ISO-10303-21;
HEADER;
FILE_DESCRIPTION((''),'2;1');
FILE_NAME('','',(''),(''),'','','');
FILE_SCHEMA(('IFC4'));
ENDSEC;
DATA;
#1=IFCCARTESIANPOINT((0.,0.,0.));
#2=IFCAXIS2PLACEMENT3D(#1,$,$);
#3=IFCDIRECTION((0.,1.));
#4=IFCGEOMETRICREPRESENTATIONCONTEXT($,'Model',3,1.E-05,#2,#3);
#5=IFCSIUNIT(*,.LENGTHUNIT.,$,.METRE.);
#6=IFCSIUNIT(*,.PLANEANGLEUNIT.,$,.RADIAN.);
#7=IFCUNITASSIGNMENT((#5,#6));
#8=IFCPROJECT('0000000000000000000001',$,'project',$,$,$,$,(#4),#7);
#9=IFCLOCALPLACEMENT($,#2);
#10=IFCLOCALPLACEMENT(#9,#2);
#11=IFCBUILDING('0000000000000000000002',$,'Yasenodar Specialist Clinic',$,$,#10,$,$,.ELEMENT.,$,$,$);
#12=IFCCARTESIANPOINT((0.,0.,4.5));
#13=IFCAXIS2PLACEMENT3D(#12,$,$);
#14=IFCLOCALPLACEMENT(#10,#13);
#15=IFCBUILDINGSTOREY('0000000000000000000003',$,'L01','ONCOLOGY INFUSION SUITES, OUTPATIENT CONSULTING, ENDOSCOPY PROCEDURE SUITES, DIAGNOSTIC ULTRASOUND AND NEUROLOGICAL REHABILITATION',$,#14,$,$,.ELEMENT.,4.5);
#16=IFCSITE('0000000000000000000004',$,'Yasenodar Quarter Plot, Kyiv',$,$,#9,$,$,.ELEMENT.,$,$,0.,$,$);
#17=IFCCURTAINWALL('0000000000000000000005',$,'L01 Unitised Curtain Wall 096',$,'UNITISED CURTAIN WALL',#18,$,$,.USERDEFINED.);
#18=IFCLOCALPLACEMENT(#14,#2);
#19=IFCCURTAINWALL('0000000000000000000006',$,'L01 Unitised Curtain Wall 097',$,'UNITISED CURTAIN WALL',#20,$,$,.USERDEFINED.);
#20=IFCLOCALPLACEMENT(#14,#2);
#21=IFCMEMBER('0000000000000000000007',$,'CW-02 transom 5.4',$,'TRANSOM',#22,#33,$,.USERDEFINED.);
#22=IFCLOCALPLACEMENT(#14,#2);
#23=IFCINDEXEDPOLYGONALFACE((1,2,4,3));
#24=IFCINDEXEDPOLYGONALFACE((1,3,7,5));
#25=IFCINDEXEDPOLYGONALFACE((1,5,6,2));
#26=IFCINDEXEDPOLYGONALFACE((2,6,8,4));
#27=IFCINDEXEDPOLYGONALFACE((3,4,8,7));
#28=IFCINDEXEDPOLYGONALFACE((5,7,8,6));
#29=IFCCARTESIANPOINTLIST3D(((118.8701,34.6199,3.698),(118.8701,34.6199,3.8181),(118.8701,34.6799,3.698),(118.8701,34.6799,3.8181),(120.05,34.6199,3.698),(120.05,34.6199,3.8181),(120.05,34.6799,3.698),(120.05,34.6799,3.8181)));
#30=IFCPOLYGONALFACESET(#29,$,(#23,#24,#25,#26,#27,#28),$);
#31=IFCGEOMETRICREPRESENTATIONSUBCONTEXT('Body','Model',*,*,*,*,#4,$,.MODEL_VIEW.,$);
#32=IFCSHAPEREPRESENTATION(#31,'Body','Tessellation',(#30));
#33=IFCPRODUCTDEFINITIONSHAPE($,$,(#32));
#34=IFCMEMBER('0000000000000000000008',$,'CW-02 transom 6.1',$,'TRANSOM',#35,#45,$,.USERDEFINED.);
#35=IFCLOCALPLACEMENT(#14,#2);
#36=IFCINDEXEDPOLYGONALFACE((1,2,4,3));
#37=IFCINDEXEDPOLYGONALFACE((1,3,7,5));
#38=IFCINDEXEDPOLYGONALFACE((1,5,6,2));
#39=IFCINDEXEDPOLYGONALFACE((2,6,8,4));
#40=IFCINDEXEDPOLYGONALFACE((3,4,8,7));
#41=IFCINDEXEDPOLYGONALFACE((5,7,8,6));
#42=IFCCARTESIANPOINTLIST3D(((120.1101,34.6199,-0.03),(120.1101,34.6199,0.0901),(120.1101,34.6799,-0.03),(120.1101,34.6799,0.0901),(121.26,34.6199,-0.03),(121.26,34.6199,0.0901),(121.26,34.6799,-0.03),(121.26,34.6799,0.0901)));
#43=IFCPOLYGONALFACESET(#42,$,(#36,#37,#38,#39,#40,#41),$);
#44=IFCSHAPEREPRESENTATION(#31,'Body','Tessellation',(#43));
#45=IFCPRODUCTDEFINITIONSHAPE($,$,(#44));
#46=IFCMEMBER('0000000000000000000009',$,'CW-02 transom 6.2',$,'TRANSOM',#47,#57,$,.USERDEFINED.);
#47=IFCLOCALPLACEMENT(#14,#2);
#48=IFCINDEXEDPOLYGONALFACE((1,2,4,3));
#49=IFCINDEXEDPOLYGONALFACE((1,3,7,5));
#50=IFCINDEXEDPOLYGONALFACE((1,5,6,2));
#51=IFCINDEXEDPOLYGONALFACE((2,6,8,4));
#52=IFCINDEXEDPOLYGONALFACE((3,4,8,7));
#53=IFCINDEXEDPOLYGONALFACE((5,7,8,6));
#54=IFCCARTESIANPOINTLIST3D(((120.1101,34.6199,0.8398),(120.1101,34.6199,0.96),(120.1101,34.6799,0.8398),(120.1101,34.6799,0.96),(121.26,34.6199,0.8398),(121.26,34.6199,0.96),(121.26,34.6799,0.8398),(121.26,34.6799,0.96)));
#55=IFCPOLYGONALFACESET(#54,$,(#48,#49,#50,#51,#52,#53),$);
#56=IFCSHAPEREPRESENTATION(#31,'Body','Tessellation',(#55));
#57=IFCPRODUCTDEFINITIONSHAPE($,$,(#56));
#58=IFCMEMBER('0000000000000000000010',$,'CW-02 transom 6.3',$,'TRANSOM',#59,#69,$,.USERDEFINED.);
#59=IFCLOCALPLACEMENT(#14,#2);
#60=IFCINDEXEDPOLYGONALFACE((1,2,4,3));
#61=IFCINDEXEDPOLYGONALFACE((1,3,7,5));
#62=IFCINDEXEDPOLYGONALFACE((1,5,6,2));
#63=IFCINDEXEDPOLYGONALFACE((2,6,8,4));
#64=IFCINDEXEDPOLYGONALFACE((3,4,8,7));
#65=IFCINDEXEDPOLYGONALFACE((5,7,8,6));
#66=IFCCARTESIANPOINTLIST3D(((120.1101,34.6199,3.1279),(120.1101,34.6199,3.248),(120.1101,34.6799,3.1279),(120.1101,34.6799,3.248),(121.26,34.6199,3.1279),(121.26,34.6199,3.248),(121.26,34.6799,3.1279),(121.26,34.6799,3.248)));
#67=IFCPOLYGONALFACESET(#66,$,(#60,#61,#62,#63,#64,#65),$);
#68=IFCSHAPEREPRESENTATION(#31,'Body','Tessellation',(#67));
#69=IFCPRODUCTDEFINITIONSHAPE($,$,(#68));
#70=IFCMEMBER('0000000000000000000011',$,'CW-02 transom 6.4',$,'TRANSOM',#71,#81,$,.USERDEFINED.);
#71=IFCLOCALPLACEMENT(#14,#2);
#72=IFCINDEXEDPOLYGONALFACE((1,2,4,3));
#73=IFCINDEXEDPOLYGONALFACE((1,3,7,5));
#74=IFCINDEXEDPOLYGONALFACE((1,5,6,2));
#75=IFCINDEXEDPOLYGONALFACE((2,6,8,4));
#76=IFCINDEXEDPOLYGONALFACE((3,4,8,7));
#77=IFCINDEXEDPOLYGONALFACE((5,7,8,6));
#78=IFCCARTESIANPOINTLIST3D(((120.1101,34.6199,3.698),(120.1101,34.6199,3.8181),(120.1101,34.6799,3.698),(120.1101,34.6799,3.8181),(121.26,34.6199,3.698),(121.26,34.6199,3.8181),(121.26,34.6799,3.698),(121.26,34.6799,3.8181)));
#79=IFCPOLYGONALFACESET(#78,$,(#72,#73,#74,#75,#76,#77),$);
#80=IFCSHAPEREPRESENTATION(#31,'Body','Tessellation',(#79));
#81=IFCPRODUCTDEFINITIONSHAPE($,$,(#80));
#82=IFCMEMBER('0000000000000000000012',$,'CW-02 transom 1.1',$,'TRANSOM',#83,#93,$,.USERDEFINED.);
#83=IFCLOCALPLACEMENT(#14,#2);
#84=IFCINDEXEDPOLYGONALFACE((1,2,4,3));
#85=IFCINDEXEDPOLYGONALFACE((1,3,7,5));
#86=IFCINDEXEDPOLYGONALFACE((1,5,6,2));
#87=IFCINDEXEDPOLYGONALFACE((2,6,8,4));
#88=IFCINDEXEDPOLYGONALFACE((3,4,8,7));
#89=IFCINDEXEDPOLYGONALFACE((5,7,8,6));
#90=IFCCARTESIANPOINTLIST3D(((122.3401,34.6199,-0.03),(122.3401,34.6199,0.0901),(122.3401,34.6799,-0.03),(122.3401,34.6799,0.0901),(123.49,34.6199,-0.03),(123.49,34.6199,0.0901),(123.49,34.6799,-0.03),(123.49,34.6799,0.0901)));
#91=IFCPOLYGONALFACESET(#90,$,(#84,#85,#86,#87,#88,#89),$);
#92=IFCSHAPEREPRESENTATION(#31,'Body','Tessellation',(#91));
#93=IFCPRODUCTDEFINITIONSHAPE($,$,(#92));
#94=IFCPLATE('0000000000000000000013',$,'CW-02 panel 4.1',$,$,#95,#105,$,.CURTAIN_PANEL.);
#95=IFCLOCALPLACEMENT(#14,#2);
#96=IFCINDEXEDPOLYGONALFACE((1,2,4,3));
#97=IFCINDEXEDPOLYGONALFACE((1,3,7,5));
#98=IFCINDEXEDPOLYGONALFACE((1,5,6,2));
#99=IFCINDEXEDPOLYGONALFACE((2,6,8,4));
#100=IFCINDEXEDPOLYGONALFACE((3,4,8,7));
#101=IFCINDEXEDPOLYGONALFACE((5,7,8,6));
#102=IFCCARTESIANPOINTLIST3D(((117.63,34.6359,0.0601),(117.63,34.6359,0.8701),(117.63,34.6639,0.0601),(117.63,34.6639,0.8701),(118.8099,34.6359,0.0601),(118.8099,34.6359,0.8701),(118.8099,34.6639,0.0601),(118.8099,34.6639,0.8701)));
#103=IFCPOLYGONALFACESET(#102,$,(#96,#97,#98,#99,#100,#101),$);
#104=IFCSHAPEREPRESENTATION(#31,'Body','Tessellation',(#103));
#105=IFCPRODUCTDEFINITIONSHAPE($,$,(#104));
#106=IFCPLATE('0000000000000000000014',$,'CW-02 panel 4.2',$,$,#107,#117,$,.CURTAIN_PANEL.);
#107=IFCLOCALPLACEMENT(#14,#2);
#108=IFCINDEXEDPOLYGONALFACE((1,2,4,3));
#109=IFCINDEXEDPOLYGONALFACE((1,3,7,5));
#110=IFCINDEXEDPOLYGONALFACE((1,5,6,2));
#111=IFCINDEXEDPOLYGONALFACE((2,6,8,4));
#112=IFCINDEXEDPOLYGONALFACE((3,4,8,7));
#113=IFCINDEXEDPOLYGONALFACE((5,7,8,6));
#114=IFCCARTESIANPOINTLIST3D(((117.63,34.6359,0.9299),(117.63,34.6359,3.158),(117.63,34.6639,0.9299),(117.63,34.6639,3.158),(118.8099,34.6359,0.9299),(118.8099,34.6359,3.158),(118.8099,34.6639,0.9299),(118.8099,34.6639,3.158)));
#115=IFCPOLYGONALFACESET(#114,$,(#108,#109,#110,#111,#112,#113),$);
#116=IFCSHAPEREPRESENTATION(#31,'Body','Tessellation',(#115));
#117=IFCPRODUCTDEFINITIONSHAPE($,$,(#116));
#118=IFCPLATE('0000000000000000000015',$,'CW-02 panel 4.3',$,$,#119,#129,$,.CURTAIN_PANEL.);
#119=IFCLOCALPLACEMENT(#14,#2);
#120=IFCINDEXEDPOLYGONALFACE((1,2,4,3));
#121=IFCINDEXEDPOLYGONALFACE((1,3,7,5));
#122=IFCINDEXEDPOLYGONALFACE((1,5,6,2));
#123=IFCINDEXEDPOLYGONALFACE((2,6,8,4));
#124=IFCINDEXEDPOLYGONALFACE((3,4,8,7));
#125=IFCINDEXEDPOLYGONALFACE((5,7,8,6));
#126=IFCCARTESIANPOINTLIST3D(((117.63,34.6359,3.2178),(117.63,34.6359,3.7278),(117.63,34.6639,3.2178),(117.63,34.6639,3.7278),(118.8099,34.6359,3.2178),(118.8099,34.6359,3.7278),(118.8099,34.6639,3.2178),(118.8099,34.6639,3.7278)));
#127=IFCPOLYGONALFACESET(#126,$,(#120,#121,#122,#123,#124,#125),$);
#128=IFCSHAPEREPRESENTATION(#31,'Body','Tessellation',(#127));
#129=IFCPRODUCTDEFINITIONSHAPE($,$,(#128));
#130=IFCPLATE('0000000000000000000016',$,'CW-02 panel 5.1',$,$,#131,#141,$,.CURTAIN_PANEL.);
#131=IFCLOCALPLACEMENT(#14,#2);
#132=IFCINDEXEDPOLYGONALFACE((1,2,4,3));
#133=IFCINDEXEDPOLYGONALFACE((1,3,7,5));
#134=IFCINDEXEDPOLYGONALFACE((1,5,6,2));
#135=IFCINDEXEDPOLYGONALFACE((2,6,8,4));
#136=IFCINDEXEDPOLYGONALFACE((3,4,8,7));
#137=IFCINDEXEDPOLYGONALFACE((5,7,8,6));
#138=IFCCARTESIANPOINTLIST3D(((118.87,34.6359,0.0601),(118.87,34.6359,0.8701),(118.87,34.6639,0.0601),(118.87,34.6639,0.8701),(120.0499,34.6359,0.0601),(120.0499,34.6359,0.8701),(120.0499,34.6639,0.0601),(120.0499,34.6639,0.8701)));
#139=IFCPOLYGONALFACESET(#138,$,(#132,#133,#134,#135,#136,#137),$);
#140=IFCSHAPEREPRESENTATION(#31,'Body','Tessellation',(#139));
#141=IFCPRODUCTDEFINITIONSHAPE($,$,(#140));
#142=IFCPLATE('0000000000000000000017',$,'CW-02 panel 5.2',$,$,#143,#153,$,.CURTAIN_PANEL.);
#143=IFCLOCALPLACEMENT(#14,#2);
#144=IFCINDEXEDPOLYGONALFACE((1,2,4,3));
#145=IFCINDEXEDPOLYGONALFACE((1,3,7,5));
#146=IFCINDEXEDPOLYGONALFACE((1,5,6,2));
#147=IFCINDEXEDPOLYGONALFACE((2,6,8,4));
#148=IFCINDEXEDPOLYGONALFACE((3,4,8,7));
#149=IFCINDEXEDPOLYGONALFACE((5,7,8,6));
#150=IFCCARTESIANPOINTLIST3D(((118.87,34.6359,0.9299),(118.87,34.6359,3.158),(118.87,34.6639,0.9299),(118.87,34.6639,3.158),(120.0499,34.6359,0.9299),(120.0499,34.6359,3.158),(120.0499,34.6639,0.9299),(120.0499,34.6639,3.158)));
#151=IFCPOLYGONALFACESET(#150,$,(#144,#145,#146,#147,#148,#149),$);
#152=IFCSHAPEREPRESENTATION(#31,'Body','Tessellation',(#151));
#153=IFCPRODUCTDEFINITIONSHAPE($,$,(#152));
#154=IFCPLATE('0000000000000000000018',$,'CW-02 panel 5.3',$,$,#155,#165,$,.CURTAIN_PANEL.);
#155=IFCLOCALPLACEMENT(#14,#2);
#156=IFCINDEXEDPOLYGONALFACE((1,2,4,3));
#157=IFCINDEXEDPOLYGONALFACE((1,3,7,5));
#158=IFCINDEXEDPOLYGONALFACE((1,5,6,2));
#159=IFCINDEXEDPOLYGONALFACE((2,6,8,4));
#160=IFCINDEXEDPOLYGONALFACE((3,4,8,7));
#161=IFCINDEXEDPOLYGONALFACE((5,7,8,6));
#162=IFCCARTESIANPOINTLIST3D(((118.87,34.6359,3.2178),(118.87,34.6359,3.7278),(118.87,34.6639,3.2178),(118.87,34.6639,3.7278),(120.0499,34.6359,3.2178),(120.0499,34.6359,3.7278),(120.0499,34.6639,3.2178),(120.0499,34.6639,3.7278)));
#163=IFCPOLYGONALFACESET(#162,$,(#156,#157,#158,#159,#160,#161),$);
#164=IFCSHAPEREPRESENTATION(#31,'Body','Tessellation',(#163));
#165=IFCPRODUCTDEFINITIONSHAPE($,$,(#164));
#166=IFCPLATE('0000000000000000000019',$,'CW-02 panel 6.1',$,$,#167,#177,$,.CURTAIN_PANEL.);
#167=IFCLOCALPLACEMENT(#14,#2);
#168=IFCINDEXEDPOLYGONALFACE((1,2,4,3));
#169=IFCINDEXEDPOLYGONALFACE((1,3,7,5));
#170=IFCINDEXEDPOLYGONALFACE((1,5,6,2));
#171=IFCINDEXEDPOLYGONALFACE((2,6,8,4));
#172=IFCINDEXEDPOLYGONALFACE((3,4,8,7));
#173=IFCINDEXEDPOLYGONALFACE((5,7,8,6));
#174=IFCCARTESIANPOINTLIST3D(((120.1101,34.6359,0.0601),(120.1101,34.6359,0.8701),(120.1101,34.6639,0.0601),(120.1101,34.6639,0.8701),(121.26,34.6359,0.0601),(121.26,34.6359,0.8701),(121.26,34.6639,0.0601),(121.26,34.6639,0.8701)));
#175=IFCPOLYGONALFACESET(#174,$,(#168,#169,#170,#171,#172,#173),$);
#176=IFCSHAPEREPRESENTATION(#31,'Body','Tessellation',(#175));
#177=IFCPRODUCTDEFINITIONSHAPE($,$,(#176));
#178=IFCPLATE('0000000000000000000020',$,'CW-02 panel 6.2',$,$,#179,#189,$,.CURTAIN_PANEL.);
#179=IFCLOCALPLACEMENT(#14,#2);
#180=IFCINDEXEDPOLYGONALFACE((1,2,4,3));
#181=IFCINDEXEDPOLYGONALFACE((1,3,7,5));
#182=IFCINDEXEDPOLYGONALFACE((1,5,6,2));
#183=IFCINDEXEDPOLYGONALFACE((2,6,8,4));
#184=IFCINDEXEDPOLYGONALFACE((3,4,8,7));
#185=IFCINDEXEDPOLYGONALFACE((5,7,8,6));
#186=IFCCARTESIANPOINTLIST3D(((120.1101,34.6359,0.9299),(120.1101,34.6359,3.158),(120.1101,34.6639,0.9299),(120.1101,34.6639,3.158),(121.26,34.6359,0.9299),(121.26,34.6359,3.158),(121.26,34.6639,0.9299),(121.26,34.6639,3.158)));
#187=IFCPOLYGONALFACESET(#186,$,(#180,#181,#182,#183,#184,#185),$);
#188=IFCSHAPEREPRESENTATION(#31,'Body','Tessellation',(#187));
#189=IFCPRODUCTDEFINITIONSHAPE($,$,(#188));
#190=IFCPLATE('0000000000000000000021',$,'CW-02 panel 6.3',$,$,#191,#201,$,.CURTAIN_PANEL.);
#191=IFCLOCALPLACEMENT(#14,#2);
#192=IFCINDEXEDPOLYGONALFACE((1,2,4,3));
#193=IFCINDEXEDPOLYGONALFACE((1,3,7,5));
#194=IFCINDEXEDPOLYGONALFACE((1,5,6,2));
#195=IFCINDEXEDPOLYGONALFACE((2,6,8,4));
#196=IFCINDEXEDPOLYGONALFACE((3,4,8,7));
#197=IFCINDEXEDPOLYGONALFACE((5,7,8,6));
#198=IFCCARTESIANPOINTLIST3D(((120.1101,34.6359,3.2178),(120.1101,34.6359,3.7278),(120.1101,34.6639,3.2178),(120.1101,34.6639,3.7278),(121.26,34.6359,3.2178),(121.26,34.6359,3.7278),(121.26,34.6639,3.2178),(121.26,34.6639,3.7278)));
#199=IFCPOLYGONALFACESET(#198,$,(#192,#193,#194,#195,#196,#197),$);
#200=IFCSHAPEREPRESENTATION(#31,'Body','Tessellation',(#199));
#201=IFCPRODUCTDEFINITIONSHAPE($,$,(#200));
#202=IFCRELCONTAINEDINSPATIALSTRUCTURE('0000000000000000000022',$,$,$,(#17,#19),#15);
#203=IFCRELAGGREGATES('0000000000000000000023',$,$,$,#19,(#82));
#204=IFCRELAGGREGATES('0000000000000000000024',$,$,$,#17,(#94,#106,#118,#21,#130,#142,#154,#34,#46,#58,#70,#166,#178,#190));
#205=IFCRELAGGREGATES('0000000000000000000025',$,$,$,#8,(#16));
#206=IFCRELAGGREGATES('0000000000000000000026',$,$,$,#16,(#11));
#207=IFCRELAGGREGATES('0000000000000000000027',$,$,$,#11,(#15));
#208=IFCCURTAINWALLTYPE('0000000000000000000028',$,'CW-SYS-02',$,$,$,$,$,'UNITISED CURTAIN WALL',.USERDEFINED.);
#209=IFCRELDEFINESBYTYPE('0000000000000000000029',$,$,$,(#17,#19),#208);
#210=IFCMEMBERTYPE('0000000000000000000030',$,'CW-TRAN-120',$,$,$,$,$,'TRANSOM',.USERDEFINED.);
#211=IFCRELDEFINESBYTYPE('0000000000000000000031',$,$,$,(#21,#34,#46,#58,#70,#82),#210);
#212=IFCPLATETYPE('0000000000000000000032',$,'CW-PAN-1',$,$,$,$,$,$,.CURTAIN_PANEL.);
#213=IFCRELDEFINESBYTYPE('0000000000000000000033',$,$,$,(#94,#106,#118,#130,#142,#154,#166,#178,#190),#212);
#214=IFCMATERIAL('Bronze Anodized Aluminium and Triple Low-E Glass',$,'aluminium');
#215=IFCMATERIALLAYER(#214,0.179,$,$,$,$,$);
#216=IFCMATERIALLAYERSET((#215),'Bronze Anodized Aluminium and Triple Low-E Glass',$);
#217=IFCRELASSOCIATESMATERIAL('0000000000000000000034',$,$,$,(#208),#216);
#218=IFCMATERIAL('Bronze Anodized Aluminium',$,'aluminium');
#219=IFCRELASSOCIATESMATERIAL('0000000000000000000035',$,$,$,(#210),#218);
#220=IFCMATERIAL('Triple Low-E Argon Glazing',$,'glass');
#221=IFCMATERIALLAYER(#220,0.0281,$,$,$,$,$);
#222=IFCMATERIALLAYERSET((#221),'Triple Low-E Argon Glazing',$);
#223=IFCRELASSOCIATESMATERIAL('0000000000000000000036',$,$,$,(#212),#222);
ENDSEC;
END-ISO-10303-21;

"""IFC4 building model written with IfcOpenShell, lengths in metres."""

from ifc_helpers import new_model, si_unit, direction, frame, origin, origin_2d, place, context, subcontext, project, spatial, rectangle, extrude, material, layer, layer_set, material_profile, profile_set, type_object, element, aggregate, save


model = new_model("IFC4")

# Units and contexts
model_context = context("Model", 3, precision=1e-05, world=origin(), true_north=direction((0.0, 1.0)))
body_context = subcontext(model_context, "Body", "Model", "MODEL_VIEW")
ifc_project = project(units=[si_unit("LENGTHUNIT", "METRE"), si_unit("PLANEANGLEUNIT", "RADIAN")], contexts=[model_context])

# Site, building, storey
site_placement = place(None, origin())
site = spatial("IfcSite", under=ifc_project, at=site_placement, Name="Yasenodar Quarter Plot, Kyiv", CompositionType="ELEMENT", RefElevation=0.0)
building_placement = place(site_placement, origin())
building = spatial("IfcBuilding", under=site, at=building_placement, Name="Yasenodar Specialist Clinic", CompositionType="ELEMENT")
storey_placement = place(building_placement, frame((0.0, 0.0, 4.5)))
storey = spatial("IfcBuildingStorey", under=building, at=storey_placement, Name="L01", Description="ONCOLOGY INFUSION SUITES, OUTPATIENT CONSULTING, ENDOSCOPY PROCEDURE SUITES, DIAGNOSTIC ULTRASOUND AND NEUROLOGICAL REHABILITATION", CompositionType="ELEMENT", Elevation=4.5)

# Curtain wall
ifc_material_1 = material(Name="Bronze Anodized Aluminium and Triple Low-E Glass", Category="aluminium")
ifc_layer_1 = layer(ifc_material_1, 0.179)
ifc_layer_set_1 = layer_set([ifc_layer_1], Name="Bronze Anodized Aluminium and Triple Low-E Glass")
curtain_wall_type = type_object("IfcCurtainWallType", Name="CW-SYS-02", ElementType="UNITISED CURTAIN WALL", PredefinedType="USERDEFINED", material=ifc_layer_set_1)
curtain_wall_1_placement = place(storey_placement, origin())
curtain_wall_1 = element("IfcCurtainWall", 1, at=curtain_wall_1_placement, inside=storey, type_object=curtain_wall_type, Name="L01 Unitised Curtain Wall 096", ObjectType="UNITISED CURTAIN WALL", PredefinedType="USERDEFINED")
ifc_material_2 = material(Name="Bronze Anodized Aluminium", Category="aluminium")

# Curtain wall
curtain_wall_2_placement = place(storey_placement, origin())
curtain_wall_2 = element("IfcCurtainWall", 2, at=curtain_wall_2_placement, inside=storey, type_object=curtain_wall_type, Name="L01 Unitised Curtain Wall 097", ObjectType="UNITISED CURTAIN WALL", PredefinedType="USERDEFINED")

# Members
ifc_material_profile_1 = material_profile(ifc_material_2, rectangle(XDim=0.0601, YDim=0.1201, at=origin_2d()), Name="CW-TRAN 60x120")
ifc_profile_set_1 = profile_set([ifc_material_profile_1], Name="Bronze Anodized Aluminium")
member_type_1 = type_object("IfcMemberType", Name="CW-TRAN-120", ElementType="TRANSOM", PredefinedType="USERDEFINED", material=ifc_profile_set_1)
member_1_placement = place(storey_placement, frame((118.8701, 34.6499, 3.7581), z_axis=(1.0, 0.0, 0.0), x_axis=(0.0, 1.0, 0.0)))
member_1 = element("IfcMember", 3, at=member_1_placement, type_object=member_type_1, Name="CW-02 transom 5.4", ObjectType="TRANSOM", PredefinedType="USERDEFINED", context=body_context, shape_type="SweptSolid", body=[
    extrude(rectangle(XDim=0.0601, YDim=0.1201, at=origin_2d()), origin(), (0.0, 0.0, 1.0), 1.1799),
])
member_2_placement = place(storey_placement, frame((120.1101, 34.6499, 0.03), z_axis=(1.0, 0.0, 0.0), x_axis=(0.0, 1.0, 0.0)))
member_2 = element("IfcMember", 4, at=member_2_placement, type_object=member_type_1, Name="CW-02 transom 6.1", ObjectType="TRANSOM", PredefinedType="USERDEFINED", context=body_context, shape_type="SweptSolid", body=[
    extrude(rectangle(XDim=0.0601, YDim=0.1201, at=origin_2d()), origin(), (0.0, 0.0, 1.0), 1.1499),
])
member_3_placement = place(storey_placement, frame((120.1101, 34.6499, 0.8999), z_axis=(1.0, 0.0, 0.0), x_axis=(0.0, 1.0, 0.0)))
member_3 = element("IfcMember", 5, at=member_3_placement, type_object=member_type_1, Name="CW-02 transom 6.2", ObjectType="TRANSOM", PredefinedType="USERDEFINED", context=body_context, shape_type="SweptSolid", body=[
    extrude(rectangle(XDim=0.0601, YDim=0.1201, at=origin_2d()), origin(), (0.0, 0.0, 1.0), 1.1499),
])
member_4_placement = place(storey_placement, frame((120.1101, 34.6499, 3.188), z_axis=(1.0, 0.0, 0.0), x_axis=(0.0, 1.0, 0.0)))
member_4 = element("IfcMember", 6, at=member_4_placement, type_object=member_type_1, Name="CW-02 transom 6.3", ObjectType="TRANSOM", PredefinedType="USERDEFINED", context=body_context, shape_type="SweptSolid", body=[
    extrude(rectangle(XDim=0.0601, YDim=0.1201, at=origin_2d()), origin(), (0.0, 0.0, 1.0), 1.1499),
])
member_5_placement = place(storey_placement, frame((120.1101, 34.6499, 3.7581), z_axis=(1.0, 0.0, 0.0), x_axis=(0.0, 1.0, 0.0)))
member_5 = element("IfcMember", 7, at=member_5_placement, type_object=member_type_1, Name="CW-02 transom 6.4", ObjectType="TRANSOM", PredefinedType="USERDEFINED", context=body_context, shape_type="SweptSolid", body=[
    extrude(rectangle(XDim=0.0601, YDim=0.1201, at=origin_2d()), origin(), (0.0, 0.0, 1.0), 1.1499),
])
member_6_placement = place(storey_placement, frame((122.3401, 34.6499, 0.03), z_axis=(1.0, 0.0, 0.0), x_axis=(0.0, 1.0, 0.0)))
member_6 = element("IfcMember", 8, at=member_6_placement, type_object=member_type_1, Name="CW-02 transom 1.1", ObjectType="TRANSOM", PredefinedType="USERDEFINED", context=body_context, shape_type="SweptSolid", body=[
    extrude(rectangle(XDim=0.0601, YDim=0.1201, at=origin_2d()), origin(), (0.0, 0.0, 1.0), 1.1499),
])
aggregate(curtain_wall_2, [member_6])

# Plates
ifc_material_3 = material(Name="Triple Low-E Argon Glazing", Category="glass")
ifc_layer_2 = layer(ifc_material_3, 0.0281)
ifc_layer_set_2 = layer_set([ifc_layer_2], Name="Triple Low-E Argon Glazing")
plate_type = type_object("IfcPlateType", Name="CW-PAN-1", PredefinedType="CURTAIN_PANEL", material=ifc_layer_set_2)
plate_1_placement = place(storey_placement, frame((118.22, 34.6499, 0.0601), z_axis=(0.0, 0.0, 1.0), x_axis=(1.0, 0.0, 0.0)))
plate_1 = element("IfcPlate", 9, at=plate_1_placement, type_object=plate_type, Name="CW-02 panel 4.1", PredefinedType="CURTAIN_PANEL", context=body_context, shape_type="SweptSolid", body=[
    extrude(rectangle(XDim=1.1799, YDim=0.0281, at=origin_2d()), origin(), (0.0, 0.0, 1.0), 0.8101),
])
plate_2_placement = place(storey_placement, frame((118.22, 34.6499, 0.9299), z_axis=(0.0, 0.0, 1.0), x_axis=(1.0, 0.0, 0.0)))
plate_2 = element("IfcPlate", 10, at=plate_2_placement, type_object=plate_type, Name="CW-02 panel 4.2", PredefinedType="CURTAIN_PANEL", context=body_context, shape_type="SweptSolid", body=[
    extrude(rectangle(XDim=1.1799, YDim=0.0281, at=origin_2d()), origin(), (0.0, 0.0, 1.0), 2.228),
])
plate_3_placement = place(storey_placement, frame((118.22, 34.6499, 3.2178), z_axis=(0.0, 0.0, 1.0), x_axis=(1.0, 0.0, 0.0)))
plate_3 = element("IfcPlate", 11, at=plate_3_placement, type_object=plate_type, Name="CW-02 panel 4.3", PredefinedType="CURTAIN_PANEL", context=body_context, shape_type="SweptSolid", body=[
    extrude(rectangle(XDim=1.1799, YDim=0.0281, at=origin_2d()), origin(), (0.0, 0.0, 1.0), 0.51),
])
plate_4_placement = place(storey_placement, frame((119.46, 34.6499, 0.0601), z_axis=(0.0, 0.0, 1.0), x_axis=(1.0, 0.0, 0.0)))
plate_4 = element("IfcPlate", 12, at=plate_4_placement, type_object=plate_type, Name="CW-02 panel 5.1", PredefinedType="CURTAIN_PANEL", context=body_context, shape_type="SweptSolid", body=[
    extrude(rectangle(XDim=1.1799, YDim=0.0281, at=origin_2d()), origin(), (0.0, 0.0, 1.0), 0.8101),
])
plate_5_placement = place(storey_placement, frame((119.46, 34.6499, 0.9299), z_axis=(0.0, 0.0, 1.0), x_axis=(1.0, 0.0, 0.0)))
plate_5 = element("IfcPlate", 13, at=plate_5_placement, type_object=plate_type, Name="CW-02 panel 5.2", PredefinedType="CURTAIN_PANEL", context=body_context, shape_type="SweptSolid", body=[
    extrude(rectangle(XDim=1.1799, YDim=0.0281, at=origin_2d()), origin(), (0.0, 0.0, 1.0), 2.228),
])
plate_6_placement = place(storey_placement, frame((119.46, 34.6499, 3.2178), z_axis=(0.0, 0.0, 1.0), x_axis=(1.0, 0.0, 0.0)))
plate_6 = element("IfcPlate", 14, at=plate_6_placement, type_object=plate_type, Name="CW-02 panel 5.3", PredefinedType="CURTAIN_PANEL", context=body_context, shape_type="SweptSolid", body=[
    extrude(rectangle(XDim=1.1799, YDim=0.0281, at=origin_2d()), origin(), (0.0, 0.0, 1.0), 0.51),
])
plate_7_placement = place(storey_placement, frame((120.6851, 34.6499, 0.0601), z_axis=(0.0, 0.0, 1.0), x_axis=(1.0, 0.0, 0.0)))
plate_7 = element("IfcPlate", 15, at=plate_7_placement, type_object=plate_type, Name="CW-02 panel 6.1", PredefinedType="CURTAIN_PANEL", context=body_context, shape_type="SweptSolid", body=[
    extrude(rectangle(XDim=1.1499, YDim=0.0281, at=origin_2d()), origin(), (0.0, 0.0, 1.0), 0.8101),
])
plate_8_placement = place(storey_placement, frame((120.6851, 34.6499, 0.9299), z_axis=(0.0, 0.0, 1.0), x_axis=(1.0, 0.0, 0.0)))
plate_8 = element("IfcPlate", 16, at=plate_8_placement, type_object=plate_type, Name="CW-02 panel 6.2", PredefinedType="CURTAIN_PANEL", context=body_context, shape_type="SweptSolid", body=[
    extrude(rectangle(XDim=1.1499, YDim=0.0281, at=origin_2d()), origin(), (0.0, 0.0, 1.0), 2.228),
])
plate_9_placement = place(storey_placement, frame((120.6851, 34.6499, 3.2178), z_axis=(0.0, 0.0, 1.0), x_axis=(1.0, 0.0, 0.0)))
plate_9 = element("IfcPlate", 17, at=plate_9_placement, type_object=plate_type, Name="CW-02 panel 6.3", PredefinedType="CURTAIN_PANEL", context=body_context, shape_type="SweptSolid", body=[
    extrude(rectangle(XDim=1.1499, YDim=0.0281, at=origin_2d()), origin(), (0.0, 0.0, 1.0), 0.51),
])
aggregate(curtain_wall_1, [plate_1, plate_2, plate_3, member_1, plate_4, plate_5, plate_6, member_2, member_3, member_4, member_5, plate_7, plate_8, plate_9])

save(model, "model.ifc")
